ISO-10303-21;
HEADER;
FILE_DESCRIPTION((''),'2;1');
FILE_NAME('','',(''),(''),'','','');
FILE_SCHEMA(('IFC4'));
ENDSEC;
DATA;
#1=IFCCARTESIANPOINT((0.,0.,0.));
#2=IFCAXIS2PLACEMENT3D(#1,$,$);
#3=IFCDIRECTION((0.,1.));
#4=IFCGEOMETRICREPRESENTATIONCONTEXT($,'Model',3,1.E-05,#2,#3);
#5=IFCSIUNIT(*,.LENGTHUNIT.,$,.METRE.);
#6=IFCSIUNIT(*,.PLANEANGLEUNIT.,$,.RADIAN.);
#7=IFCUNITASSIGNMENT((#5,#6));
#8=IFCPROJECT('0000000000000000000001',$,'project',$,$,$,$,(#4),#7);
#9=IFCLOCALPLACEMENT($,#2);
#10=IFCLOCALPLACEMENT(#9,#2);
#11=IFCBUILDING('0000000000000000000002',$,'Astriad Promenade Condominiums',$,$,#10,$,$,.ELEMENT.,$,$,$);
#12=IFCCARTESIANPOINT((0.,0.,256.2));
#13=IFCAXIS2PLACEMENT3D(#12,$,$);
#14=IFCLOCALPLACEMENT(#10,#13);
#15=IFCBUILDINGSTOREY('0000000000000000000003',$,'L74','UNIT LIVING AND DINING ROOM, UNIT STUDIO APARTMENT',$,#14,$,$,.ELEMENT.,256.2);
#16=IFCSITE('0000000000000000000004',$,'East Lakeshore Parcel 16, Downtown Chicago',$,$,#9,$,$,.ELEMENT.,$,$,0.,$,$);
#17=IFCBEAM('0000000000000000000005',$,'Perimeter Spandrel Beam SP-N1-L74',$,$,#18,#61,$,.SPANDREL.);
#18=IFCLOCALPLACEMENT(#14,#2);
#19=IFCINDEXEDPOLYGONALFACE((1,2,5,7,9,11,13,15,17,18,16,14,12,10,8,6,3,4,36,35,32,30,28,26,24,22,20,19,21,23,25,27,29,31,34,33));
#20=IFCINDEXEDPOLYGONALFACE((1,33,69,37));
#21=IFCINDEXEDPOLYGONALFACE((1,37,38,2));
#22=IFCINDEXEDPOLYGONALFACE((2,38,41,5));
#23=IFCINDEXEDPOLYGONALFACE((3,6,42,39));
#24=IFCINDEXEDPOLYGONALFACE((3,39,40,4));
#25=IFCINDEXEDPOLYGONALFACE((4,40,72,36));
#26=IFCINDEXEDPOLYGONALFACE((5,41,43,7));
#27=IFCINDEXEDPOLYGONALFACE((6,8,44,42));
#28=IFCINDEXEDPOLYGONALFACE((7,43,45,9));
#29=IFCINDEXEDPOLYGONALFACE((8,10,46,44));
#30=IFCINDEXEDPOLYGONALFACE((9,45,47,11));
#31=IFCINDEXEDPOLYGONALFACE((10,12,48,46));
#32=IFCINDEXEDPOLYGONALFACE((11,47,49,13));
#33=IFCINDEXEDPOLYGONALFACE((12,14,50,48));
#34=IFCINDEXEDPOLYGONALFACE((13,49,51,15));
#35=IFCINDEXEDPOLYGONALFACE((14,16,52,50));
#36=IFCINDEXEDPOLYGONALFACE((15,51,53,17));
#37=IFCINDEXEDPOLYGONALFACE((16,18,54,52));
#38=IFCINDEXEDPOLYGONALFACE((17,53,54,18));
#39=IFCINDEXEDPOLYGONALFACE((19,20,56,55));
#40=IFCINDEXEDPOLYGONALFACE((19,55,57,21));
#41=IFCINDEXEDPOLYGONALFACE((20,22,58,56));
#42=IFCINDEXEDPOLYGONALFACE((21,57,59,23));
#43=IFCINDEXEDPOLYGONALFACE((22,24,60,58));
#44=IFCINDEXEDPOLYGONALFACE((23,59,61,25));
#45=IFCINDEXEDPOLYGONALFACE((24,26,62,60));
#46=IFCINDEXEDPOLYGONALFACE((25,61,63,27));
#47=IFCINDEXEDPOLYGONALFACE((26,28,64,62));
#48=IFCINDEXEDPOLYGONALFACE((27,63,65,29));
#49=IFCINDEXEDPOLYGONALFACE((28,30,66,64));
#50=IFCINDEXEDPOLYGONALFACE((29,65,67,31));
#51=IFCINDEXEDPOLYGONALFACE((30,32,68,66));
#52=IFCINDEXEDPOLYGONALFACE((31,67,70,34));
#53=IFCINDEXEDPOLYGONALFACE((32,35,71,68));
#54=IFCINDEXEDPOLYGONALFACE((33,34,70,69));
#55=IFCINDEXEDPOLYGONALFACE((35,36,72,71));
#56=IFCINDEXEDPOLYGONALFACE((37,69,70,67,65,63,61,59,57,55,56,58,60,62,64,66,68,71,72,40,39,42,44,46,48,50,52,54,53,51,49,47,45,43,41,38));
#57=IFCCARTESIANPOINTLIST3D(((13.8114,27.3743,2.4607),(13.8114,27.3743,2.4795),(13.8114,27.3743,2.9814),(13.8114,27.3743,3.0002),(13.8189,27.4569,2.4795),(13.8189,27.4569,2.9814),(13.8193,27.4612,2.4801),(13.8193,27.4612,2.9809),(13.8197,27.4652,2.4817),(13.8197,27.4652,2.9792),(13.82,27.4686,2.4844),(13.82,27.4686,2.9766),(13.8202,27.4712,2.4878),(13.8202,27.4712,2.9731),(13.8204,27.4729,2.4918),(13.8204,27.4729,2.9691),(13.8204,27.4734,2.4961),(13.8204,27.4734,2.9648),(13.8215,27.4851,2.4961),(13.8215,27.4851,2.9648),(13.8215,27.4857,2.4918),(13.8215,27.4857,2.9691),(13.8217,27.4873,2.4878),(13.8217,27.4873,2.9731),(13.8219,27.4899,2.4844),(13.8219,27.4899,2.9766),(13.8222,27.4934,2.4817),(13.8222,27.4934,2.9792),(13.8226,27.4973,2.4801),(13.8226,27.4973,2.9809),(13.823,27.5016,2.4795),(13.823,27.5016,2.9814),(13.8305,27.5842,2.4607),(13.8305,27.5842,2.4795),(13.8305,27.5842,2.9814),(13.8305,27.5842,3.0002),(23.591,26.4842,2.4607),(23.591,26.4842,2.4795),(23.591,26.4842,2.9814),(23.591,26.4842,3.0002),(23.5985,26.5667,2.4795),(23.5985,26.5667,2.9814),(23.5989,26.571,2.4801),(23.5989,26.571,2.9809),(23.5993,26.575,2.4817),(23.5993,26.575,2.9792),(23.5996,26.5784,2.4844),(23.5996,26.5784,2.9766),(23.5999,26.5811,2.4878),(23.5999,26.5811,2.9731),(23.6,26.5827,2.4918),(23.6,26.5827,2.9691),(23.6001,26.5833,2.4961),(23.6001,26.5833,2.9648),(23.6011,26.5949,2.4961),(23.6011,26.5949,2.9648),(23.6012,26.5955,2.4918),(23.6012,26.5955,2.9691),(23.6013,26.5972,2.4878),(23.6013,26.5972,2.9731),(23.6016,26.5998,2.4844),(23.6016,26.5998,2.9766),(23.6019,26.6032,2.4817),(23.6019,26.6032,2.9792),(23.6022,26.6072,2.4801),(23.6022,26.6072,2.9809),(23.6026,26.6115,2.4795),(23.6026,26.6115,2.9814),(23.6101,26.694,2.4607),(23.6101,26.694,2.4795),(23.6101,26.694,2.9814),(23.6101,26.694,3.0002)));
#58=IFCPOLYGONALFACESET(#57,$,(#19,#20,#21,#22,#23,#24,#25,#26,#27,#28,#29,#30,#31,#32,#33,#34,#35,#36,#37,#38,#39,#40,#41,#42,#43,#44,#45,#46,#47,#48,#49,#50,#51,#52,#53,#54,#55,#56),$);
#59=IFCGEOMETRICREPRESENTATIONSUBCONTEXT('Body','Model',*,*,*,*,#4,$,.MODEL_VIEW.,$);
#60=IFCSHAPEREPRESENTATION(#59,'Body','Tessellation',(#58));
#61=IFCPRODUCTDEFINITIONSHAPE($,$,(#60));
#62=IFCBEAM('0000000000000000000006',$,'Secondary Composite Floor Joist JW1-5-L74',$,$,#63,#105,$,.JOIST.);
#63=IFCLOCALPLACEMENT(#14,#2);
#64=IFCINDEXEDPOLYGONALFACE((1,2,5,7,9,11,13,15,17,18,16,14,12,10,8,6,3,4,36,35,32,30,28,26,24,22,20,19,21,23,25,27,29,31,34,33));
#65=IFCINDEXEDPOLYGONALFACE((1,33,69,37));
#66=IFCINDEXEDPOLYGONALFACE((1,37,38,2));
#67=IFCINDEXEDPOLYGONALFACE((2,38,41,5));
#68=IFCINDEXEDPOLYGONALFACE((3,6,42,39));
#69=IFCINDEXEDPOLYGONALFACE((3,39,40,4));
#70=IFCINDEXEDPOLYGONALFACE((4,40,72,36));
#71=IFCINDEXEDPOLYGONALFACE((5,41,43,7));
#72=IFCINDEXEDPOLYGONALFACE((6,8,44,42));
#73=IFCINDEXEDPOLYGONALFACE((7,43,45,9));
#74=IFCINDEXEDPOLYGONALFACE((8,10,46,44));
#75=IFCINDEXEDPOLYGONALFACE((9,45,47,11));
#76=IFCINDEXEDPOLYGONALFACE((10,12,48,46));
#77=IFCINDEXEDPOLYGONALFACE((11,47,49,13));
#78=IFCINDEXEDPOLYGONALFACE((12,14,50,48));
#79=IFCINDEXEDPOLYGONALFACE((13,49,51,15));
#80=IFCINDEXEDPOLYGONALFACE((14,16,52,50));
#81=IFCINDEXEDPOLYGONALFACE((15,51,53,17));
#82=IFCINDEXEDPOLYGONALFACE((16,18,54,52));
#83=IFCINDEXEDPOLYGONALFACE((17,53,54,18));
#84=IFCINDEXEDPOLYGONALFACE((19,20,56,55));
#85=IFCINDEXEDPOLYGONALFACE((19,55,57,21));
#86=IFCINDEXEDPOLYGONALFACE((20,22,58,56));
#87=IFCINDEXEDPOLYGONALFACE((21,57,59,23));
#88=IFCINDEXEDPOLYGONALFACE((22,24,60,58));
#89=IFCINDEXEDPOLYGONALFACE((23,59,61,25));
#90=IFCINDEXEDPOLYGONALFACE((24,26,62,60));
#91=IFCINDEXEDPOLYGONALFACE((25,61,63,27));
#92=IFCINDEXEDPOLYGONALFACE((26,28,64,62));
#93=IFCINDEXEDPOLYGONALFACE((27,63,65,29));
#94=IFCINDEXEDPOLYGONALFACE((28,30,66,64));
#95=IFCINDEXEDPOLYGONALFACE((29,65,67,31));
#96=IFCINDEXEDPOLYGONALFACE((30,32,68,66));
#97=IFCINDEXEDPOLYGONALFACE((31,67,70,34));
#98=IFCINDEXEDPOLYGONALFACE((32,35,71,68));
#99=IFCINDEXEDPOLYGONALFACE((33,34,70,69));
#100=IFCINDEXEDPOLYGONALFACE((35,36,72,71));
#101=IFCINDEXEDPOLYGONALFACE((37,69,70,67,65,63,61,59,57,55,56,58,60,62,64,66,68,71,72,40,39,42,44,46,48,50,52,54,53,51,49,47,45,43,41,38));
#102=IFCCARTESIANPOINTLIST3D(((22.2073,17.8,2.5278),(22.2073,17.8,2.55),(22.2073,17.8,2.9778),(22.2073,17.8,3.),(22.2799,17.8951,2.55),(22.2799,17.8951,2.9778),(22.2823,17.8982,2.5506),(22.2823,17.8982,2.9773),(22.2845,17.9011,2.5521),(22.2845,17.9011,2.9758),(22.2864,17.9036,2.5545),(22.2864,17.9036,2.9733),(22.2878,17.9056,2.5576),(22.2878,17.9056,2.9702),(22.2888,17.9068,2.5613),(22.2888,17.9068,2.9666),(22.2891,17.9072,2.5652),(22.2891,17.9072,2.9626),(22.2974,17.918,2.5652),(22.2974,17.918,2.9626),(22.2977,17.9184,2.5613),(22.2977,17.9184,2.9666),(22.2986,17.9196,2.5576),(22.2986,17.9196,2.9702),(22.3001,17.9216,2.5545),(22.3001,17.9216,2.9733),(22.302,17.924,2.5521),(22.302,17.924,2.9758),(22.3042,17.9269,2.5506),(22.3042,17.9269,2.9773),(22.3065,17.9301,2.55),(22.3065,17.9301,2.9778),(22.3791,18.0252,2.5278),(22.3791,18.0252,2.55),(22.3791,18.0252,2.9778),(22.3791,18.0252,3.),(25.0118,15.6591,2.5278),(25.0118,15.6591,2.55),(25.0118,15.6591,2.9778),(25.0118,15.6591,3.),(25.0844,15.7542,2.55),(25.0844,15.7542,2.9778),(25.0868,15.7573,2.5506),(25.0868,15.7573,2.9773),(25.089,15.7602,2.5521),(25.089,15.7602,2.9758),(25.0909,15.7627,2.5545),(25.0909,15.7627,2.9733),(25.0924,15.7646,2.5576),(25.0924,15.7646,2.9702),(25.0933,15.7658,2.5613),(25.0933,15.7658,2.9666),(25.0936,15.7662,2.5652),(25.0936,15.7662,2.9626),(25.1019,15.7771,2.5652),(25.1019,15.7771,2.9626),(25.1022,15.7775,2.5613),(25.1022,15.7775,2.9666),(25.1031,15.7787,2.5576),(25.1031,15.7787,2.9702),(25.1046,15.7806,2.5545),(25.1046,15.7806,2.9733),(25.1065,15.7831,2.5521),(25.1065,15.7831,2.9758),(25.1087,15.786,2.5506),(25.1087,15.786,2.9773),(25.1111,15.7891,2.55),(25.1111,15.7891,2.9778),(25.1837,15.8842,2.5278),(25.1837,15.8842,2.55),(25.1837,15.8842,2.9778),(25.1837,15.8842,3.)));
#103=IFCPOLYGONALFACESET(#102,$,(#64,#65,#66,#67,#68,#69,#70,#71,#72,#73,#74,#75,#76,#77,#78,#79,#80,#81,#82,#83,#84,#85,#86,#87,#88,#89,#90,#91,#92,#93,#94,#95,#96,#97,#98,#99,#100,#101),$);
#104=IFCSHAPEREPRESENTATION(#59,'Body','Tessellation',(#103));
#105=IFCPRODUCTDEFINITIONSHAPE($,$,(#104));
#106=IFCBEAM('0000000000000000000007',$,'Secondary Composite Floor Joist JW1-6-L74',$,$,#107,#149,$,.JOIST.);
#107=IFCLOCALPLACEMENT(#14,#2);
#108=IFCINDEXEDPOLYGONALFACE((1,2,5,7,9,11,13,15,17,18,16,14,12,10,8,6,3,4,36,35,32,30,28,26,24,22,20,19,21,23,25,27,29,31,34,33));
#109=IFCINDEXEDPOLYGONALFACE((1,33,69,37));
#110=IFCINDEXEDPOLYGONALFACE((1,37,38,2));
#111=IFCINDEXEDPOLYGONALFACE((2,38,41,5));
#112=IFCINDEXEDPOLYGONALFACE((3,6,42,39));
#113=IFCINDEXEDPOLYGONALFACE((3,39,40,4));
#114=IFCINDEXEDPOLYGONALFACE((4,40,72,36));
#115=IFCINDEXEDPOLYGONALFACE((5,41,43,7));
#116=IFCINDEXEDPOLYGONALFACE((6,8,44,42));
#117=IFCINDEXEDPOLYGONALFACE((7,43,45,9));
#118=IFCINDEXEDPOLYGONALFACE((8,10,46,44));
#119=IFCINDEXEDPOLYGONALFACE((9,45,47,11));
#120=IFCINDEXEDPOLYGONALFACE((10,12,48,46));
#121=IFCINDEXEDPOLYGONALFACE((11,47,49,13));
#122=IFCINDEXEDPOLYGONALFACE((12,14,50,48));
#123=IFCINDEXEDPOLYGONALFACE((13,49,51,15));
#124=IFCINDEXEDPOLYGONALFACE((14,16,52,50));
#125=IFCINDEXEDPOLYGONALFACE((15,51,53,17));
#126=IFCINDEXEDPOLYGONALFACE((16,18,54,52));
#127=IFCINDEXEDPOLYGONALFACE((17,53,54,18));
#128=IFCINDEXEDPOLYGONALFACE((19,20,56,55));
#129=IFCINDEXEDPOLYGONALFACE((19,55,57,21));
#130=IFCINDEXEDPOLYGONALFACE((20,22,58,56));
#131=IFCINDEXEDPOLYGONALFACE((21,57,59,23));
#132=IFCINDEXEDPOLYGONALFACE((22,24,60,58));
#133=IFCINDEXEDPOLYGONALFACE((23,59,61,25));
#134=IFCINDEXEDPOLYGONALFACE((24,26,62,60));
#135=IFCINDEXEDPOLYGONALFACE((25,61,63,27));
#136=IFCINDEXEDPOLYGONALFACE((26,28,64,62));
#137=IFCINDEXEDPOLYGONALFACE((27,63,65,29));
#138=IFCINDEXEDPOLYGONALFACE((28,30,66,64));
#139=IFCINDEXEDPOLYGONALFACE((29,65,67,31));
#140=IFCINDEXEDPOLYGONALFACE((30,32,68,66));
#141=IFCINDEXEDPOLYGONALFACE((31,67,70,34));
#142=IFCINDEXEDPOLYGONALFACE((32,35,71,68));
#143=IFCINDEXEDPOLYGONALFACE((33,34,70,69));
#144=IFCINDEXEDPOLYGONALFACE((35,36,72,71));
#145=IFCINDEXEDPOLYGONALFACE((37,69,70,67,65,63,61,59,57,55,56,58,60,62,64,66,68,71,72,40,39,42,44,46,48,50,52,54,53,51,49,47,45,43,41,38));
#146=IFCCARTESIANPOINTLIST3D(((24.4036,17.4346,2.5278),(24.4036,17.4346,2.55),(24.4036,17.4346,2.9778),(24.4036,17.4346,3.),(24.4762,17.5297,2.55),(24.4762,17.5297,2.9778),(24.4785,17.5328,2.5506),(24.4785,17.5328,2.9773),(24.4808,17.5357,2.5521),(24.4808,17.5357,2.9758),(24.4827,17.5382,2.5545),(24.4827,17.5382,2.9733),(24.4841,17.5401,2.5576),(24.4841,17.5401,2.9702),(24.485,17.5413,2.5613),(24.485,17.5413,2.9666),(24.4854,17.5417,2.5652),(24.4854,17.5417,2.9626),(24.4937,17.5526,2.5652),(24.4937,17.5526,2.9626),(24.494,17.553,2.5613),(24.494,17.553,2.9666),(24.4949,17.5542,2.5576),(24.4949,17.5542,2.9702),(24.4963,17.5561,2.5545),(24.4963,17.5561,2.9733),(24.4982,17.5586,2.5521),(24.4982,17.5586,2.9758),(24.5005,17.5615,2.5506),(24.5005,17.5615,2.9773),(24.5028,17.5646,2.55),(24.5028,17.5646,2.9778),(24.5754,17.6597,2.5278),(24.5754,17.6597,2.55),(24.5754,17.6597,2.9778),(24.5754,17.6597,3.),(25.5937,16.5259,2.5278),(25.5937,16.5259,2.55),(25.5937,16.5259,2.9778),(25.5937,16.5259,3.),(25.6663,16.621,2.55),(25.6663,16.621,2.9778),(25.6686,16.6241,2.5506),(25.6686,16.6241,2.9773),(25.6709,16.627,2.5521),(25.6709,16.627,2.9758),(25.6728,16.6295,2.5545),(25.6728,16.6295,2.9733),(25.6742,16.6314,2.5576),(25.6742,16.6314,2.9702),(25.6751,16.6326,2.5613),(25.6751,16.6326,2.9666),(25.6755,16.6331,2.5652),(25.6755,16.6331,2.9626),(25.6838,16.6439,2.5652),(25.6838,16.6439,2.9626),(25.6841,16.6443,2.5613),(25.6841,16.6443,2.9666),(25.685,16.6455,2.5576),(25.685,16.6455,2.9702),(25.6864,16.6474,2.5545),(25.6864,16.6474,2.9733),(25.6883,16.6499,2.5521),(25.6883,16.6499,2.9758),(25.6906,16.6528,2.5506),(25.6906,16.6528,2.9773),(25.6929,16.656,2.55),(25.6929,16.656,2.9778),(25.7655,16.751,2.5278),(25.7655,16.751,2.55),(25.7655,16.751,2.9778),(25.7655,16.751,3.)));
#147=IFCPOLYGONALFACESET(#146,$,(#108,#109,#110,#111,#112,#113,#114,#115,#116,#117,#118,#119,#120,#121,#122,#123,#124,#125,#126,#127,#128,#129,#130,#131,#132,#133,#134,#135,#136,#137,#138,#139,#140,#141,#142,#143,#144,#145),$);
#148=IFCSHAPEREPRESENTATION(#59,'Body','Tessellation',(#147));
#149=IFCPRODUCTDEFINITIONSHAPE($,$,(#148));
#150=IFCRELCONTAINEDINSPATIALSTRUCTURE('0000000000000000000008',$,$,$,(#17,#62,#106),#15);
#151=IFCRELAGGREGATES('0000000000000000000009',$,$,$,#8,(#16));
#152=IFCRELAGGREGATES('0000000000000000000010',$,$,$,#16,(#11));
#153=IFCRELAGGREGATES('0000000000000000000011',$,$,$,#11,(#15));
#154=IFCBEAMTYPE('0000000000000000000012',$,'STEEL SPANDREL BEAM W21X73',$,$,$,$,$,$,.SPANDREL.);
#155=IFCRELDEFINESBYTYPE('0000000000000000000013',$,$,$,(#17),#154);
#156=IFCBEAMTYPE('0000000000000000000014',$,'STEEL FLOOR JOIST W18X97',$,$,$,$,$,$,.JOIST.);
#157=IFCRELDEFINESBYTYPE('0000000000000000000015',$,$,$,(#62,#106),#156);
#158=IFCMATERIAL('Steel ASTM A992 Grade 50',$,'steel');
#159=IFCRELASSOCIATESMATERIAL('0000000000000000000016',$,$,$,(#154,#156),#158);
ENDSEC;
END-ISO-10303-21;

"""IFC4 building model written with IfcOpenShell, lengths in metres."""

from ifc_helpers import new_model, si_unit, direction, frame, origin, origin_2d, place, context, subcontext, project, spatial, i_section, extrude, source, transform, mapped, material, material_profile, profile_set, type_object, type_shapes, element, save


model = new_model("IFC4")

# Units and contexts
model_context = context("Model", 3, precision=1e-05, world=origin(), true_north=direction((0.0, 1.0)))
body_context = subcontext(model_context, "Body", "Model", "MODEL_VIEW")
ifc_project = project(units=[si_unit("LENGTHUNIT", "METRE"), si_unit("PLANEANGLEUNIT", "RADIAN")], contexts=[model_context])

# Site, building, storey
site_placement = place(None, origin())
site = spatial("IfcSite", under=ifc_project, at=site_placement, Name="East Lakeshore Parcel 16, Downtown Chicago", CompositionType="ELEMENT", RefElevation=0.0)
building_placement = place(site_placement, origin())
building = spatial("IfcBuilding", under=site, at=building_placement, Name="Astriad Promenade Condominiums", CompositionType="ELEMENT")
storey_placement = place(building_placement, frame((0.0, 0.0, 256.2)))
storey = spatial("IfcBuildingStorey", under=building, at=storey_placement, Name="L74", Description="UNIT LIVING AND DINING ROOM, UNIT STUDIO APARTMENT", CompositionType="ELEMENT", Elevation=256.2)

# Shared definitions
ifc_material_1 = material(Name="Steel ASTM A992 Grade 50", Category="steel")

# Beams
ifc_material_profile_1 = material_profile(ifc_material_1, i_section(OverallWidth=0.2107, OverallDepth=0.5396, WebThickness=0.0117, FlangeThickness=0.0188, FilletRadius=0.0166, at=origin_2d()), Name="W21X73")
ifc_profile_set_1 = profile_set([ifc_material_profile_1], Name="Steel ASTM A992 Grade 50")
beam_type_1 = type_object("IfcBeamType", Name="STEEL SPANDREL BEAM W21X73", PredefinedType="SPANDREL", material=ifc_profile_set_1)
shared_shape_1 = source(origin(), body_context, "Body", "SweptSolid", [
    extrude(i_section(OverallWidth=0.2107, OverallDepth=0.5396, WebThickness=0.0117, FlangeThickness=0.0188, FilletRadius=0.0166, at=origin_2d()), origin(), (0.0, 0.0, 1.0), 9.8201),
])
type_shapes(beam_type_1, [shared_shape_1])
beam_1_placement = place(storey_placement, frame((23.6006, 26.5891, 2.7305), z_axis=(-0.995883, 0.090646, 0.0), x_axis=(-0.090646, -0.995883, 0.0)))
element("IfcBeam", 1, at=beam_1_placement, inside=storey, type_object=beam_type_1, Name="Perimeter Spandrel Beam SP-N1-L74", PredefinedType="SPANDREL", context=body_context, shape_type="MappedRepresentation", body=[
    mapped(shared_shape_1, transform((0.0, 0.0, 0.0), scale=1.0)),
])
ifc_material_profile_2 = material_profile(ifc_material_1, i_section(OverallWidth=0.2832, OverallDepth=0.4722, WebThickness=0.0137, FlangeThickness=0.0222, FilletRadius=0.0151, at=origin_2d()), Name="W18X97")
ifc_profile_set_2 = profile_set([ifc_material_profile_2], Name="Steel ASTM A992 Grade 50")
beam_type_2 = type_object("IfcBeamType", Name="STEEL FLOOR JOIST W18X97", PredefinedType="JOIST", material=ifc_profile_set_2)
shared_shape_2 = source(origin(), body_context, "Body", "SweptSolid", [
    extrude(i_section(OverallWidth=0.2832, OverallDepth=0.4722, WebThickness=0.0137, FlangeThickness=0.0222, FilletRadius=0.0151, at=origin_2d()), origin(), (0.0, 0.0, 1.0), 3.5283),
])
beam_2_placement = place(storey_placement, frame((22.2932, 17.9126, 2.7639), z_axis=(0.794864, -0.606787, 0.0), x_axis=(0.606787, 0.794864, 0.0)))
element("IfcBeam", 2, at=beam_2_placement, inside=storey, type_object=beam_type_2, Name="Secondary Composite Floor Joist JW1-5-L74", PredefinedType="JOIST", context=body_context, shape_type="MappedRepresentation", body=[
    mapped(shared_shape_2, transform((0.0, 0.0, 0.0), scale=1.0)),
])
shared_shape_3 = source(origin(), body_context, "Body", "SweptSolid", [
    extrude(i_section(OverallWidth=0.2832, OverallDepth=0.4722, WebThickness=0.0137, FlangeThickness=0.0222, FilletRadius=0.0151, at=origin_2d()), origin(), (0.0, 0.0, 1.0), 1.4973),
])
type_shapes(beam_type_2, [shared_shape_2, shared_shape_3])
beam_3_placement = place(storey_placement, frame((24.4895, 17.5471, 2.7639), z_axis=(0.794825, -0.606839, 0.0), x_axis=(0.606839, 0.794825, 0.0)))
element("IfcBeam", 3, at=beam_3_placement, inside=storey, type_object=beam_type_2, Name="Secondary Composite Floor Joist JW1-6-L74", PredefinedType="JOIST", context=body_context, shape_type="MappedRepresentation", body=[
    mapped(shared_shape_3, transform((0.0, 0.0, 0.0), scale=1.0)),
])

save(model, "model.ifc")
